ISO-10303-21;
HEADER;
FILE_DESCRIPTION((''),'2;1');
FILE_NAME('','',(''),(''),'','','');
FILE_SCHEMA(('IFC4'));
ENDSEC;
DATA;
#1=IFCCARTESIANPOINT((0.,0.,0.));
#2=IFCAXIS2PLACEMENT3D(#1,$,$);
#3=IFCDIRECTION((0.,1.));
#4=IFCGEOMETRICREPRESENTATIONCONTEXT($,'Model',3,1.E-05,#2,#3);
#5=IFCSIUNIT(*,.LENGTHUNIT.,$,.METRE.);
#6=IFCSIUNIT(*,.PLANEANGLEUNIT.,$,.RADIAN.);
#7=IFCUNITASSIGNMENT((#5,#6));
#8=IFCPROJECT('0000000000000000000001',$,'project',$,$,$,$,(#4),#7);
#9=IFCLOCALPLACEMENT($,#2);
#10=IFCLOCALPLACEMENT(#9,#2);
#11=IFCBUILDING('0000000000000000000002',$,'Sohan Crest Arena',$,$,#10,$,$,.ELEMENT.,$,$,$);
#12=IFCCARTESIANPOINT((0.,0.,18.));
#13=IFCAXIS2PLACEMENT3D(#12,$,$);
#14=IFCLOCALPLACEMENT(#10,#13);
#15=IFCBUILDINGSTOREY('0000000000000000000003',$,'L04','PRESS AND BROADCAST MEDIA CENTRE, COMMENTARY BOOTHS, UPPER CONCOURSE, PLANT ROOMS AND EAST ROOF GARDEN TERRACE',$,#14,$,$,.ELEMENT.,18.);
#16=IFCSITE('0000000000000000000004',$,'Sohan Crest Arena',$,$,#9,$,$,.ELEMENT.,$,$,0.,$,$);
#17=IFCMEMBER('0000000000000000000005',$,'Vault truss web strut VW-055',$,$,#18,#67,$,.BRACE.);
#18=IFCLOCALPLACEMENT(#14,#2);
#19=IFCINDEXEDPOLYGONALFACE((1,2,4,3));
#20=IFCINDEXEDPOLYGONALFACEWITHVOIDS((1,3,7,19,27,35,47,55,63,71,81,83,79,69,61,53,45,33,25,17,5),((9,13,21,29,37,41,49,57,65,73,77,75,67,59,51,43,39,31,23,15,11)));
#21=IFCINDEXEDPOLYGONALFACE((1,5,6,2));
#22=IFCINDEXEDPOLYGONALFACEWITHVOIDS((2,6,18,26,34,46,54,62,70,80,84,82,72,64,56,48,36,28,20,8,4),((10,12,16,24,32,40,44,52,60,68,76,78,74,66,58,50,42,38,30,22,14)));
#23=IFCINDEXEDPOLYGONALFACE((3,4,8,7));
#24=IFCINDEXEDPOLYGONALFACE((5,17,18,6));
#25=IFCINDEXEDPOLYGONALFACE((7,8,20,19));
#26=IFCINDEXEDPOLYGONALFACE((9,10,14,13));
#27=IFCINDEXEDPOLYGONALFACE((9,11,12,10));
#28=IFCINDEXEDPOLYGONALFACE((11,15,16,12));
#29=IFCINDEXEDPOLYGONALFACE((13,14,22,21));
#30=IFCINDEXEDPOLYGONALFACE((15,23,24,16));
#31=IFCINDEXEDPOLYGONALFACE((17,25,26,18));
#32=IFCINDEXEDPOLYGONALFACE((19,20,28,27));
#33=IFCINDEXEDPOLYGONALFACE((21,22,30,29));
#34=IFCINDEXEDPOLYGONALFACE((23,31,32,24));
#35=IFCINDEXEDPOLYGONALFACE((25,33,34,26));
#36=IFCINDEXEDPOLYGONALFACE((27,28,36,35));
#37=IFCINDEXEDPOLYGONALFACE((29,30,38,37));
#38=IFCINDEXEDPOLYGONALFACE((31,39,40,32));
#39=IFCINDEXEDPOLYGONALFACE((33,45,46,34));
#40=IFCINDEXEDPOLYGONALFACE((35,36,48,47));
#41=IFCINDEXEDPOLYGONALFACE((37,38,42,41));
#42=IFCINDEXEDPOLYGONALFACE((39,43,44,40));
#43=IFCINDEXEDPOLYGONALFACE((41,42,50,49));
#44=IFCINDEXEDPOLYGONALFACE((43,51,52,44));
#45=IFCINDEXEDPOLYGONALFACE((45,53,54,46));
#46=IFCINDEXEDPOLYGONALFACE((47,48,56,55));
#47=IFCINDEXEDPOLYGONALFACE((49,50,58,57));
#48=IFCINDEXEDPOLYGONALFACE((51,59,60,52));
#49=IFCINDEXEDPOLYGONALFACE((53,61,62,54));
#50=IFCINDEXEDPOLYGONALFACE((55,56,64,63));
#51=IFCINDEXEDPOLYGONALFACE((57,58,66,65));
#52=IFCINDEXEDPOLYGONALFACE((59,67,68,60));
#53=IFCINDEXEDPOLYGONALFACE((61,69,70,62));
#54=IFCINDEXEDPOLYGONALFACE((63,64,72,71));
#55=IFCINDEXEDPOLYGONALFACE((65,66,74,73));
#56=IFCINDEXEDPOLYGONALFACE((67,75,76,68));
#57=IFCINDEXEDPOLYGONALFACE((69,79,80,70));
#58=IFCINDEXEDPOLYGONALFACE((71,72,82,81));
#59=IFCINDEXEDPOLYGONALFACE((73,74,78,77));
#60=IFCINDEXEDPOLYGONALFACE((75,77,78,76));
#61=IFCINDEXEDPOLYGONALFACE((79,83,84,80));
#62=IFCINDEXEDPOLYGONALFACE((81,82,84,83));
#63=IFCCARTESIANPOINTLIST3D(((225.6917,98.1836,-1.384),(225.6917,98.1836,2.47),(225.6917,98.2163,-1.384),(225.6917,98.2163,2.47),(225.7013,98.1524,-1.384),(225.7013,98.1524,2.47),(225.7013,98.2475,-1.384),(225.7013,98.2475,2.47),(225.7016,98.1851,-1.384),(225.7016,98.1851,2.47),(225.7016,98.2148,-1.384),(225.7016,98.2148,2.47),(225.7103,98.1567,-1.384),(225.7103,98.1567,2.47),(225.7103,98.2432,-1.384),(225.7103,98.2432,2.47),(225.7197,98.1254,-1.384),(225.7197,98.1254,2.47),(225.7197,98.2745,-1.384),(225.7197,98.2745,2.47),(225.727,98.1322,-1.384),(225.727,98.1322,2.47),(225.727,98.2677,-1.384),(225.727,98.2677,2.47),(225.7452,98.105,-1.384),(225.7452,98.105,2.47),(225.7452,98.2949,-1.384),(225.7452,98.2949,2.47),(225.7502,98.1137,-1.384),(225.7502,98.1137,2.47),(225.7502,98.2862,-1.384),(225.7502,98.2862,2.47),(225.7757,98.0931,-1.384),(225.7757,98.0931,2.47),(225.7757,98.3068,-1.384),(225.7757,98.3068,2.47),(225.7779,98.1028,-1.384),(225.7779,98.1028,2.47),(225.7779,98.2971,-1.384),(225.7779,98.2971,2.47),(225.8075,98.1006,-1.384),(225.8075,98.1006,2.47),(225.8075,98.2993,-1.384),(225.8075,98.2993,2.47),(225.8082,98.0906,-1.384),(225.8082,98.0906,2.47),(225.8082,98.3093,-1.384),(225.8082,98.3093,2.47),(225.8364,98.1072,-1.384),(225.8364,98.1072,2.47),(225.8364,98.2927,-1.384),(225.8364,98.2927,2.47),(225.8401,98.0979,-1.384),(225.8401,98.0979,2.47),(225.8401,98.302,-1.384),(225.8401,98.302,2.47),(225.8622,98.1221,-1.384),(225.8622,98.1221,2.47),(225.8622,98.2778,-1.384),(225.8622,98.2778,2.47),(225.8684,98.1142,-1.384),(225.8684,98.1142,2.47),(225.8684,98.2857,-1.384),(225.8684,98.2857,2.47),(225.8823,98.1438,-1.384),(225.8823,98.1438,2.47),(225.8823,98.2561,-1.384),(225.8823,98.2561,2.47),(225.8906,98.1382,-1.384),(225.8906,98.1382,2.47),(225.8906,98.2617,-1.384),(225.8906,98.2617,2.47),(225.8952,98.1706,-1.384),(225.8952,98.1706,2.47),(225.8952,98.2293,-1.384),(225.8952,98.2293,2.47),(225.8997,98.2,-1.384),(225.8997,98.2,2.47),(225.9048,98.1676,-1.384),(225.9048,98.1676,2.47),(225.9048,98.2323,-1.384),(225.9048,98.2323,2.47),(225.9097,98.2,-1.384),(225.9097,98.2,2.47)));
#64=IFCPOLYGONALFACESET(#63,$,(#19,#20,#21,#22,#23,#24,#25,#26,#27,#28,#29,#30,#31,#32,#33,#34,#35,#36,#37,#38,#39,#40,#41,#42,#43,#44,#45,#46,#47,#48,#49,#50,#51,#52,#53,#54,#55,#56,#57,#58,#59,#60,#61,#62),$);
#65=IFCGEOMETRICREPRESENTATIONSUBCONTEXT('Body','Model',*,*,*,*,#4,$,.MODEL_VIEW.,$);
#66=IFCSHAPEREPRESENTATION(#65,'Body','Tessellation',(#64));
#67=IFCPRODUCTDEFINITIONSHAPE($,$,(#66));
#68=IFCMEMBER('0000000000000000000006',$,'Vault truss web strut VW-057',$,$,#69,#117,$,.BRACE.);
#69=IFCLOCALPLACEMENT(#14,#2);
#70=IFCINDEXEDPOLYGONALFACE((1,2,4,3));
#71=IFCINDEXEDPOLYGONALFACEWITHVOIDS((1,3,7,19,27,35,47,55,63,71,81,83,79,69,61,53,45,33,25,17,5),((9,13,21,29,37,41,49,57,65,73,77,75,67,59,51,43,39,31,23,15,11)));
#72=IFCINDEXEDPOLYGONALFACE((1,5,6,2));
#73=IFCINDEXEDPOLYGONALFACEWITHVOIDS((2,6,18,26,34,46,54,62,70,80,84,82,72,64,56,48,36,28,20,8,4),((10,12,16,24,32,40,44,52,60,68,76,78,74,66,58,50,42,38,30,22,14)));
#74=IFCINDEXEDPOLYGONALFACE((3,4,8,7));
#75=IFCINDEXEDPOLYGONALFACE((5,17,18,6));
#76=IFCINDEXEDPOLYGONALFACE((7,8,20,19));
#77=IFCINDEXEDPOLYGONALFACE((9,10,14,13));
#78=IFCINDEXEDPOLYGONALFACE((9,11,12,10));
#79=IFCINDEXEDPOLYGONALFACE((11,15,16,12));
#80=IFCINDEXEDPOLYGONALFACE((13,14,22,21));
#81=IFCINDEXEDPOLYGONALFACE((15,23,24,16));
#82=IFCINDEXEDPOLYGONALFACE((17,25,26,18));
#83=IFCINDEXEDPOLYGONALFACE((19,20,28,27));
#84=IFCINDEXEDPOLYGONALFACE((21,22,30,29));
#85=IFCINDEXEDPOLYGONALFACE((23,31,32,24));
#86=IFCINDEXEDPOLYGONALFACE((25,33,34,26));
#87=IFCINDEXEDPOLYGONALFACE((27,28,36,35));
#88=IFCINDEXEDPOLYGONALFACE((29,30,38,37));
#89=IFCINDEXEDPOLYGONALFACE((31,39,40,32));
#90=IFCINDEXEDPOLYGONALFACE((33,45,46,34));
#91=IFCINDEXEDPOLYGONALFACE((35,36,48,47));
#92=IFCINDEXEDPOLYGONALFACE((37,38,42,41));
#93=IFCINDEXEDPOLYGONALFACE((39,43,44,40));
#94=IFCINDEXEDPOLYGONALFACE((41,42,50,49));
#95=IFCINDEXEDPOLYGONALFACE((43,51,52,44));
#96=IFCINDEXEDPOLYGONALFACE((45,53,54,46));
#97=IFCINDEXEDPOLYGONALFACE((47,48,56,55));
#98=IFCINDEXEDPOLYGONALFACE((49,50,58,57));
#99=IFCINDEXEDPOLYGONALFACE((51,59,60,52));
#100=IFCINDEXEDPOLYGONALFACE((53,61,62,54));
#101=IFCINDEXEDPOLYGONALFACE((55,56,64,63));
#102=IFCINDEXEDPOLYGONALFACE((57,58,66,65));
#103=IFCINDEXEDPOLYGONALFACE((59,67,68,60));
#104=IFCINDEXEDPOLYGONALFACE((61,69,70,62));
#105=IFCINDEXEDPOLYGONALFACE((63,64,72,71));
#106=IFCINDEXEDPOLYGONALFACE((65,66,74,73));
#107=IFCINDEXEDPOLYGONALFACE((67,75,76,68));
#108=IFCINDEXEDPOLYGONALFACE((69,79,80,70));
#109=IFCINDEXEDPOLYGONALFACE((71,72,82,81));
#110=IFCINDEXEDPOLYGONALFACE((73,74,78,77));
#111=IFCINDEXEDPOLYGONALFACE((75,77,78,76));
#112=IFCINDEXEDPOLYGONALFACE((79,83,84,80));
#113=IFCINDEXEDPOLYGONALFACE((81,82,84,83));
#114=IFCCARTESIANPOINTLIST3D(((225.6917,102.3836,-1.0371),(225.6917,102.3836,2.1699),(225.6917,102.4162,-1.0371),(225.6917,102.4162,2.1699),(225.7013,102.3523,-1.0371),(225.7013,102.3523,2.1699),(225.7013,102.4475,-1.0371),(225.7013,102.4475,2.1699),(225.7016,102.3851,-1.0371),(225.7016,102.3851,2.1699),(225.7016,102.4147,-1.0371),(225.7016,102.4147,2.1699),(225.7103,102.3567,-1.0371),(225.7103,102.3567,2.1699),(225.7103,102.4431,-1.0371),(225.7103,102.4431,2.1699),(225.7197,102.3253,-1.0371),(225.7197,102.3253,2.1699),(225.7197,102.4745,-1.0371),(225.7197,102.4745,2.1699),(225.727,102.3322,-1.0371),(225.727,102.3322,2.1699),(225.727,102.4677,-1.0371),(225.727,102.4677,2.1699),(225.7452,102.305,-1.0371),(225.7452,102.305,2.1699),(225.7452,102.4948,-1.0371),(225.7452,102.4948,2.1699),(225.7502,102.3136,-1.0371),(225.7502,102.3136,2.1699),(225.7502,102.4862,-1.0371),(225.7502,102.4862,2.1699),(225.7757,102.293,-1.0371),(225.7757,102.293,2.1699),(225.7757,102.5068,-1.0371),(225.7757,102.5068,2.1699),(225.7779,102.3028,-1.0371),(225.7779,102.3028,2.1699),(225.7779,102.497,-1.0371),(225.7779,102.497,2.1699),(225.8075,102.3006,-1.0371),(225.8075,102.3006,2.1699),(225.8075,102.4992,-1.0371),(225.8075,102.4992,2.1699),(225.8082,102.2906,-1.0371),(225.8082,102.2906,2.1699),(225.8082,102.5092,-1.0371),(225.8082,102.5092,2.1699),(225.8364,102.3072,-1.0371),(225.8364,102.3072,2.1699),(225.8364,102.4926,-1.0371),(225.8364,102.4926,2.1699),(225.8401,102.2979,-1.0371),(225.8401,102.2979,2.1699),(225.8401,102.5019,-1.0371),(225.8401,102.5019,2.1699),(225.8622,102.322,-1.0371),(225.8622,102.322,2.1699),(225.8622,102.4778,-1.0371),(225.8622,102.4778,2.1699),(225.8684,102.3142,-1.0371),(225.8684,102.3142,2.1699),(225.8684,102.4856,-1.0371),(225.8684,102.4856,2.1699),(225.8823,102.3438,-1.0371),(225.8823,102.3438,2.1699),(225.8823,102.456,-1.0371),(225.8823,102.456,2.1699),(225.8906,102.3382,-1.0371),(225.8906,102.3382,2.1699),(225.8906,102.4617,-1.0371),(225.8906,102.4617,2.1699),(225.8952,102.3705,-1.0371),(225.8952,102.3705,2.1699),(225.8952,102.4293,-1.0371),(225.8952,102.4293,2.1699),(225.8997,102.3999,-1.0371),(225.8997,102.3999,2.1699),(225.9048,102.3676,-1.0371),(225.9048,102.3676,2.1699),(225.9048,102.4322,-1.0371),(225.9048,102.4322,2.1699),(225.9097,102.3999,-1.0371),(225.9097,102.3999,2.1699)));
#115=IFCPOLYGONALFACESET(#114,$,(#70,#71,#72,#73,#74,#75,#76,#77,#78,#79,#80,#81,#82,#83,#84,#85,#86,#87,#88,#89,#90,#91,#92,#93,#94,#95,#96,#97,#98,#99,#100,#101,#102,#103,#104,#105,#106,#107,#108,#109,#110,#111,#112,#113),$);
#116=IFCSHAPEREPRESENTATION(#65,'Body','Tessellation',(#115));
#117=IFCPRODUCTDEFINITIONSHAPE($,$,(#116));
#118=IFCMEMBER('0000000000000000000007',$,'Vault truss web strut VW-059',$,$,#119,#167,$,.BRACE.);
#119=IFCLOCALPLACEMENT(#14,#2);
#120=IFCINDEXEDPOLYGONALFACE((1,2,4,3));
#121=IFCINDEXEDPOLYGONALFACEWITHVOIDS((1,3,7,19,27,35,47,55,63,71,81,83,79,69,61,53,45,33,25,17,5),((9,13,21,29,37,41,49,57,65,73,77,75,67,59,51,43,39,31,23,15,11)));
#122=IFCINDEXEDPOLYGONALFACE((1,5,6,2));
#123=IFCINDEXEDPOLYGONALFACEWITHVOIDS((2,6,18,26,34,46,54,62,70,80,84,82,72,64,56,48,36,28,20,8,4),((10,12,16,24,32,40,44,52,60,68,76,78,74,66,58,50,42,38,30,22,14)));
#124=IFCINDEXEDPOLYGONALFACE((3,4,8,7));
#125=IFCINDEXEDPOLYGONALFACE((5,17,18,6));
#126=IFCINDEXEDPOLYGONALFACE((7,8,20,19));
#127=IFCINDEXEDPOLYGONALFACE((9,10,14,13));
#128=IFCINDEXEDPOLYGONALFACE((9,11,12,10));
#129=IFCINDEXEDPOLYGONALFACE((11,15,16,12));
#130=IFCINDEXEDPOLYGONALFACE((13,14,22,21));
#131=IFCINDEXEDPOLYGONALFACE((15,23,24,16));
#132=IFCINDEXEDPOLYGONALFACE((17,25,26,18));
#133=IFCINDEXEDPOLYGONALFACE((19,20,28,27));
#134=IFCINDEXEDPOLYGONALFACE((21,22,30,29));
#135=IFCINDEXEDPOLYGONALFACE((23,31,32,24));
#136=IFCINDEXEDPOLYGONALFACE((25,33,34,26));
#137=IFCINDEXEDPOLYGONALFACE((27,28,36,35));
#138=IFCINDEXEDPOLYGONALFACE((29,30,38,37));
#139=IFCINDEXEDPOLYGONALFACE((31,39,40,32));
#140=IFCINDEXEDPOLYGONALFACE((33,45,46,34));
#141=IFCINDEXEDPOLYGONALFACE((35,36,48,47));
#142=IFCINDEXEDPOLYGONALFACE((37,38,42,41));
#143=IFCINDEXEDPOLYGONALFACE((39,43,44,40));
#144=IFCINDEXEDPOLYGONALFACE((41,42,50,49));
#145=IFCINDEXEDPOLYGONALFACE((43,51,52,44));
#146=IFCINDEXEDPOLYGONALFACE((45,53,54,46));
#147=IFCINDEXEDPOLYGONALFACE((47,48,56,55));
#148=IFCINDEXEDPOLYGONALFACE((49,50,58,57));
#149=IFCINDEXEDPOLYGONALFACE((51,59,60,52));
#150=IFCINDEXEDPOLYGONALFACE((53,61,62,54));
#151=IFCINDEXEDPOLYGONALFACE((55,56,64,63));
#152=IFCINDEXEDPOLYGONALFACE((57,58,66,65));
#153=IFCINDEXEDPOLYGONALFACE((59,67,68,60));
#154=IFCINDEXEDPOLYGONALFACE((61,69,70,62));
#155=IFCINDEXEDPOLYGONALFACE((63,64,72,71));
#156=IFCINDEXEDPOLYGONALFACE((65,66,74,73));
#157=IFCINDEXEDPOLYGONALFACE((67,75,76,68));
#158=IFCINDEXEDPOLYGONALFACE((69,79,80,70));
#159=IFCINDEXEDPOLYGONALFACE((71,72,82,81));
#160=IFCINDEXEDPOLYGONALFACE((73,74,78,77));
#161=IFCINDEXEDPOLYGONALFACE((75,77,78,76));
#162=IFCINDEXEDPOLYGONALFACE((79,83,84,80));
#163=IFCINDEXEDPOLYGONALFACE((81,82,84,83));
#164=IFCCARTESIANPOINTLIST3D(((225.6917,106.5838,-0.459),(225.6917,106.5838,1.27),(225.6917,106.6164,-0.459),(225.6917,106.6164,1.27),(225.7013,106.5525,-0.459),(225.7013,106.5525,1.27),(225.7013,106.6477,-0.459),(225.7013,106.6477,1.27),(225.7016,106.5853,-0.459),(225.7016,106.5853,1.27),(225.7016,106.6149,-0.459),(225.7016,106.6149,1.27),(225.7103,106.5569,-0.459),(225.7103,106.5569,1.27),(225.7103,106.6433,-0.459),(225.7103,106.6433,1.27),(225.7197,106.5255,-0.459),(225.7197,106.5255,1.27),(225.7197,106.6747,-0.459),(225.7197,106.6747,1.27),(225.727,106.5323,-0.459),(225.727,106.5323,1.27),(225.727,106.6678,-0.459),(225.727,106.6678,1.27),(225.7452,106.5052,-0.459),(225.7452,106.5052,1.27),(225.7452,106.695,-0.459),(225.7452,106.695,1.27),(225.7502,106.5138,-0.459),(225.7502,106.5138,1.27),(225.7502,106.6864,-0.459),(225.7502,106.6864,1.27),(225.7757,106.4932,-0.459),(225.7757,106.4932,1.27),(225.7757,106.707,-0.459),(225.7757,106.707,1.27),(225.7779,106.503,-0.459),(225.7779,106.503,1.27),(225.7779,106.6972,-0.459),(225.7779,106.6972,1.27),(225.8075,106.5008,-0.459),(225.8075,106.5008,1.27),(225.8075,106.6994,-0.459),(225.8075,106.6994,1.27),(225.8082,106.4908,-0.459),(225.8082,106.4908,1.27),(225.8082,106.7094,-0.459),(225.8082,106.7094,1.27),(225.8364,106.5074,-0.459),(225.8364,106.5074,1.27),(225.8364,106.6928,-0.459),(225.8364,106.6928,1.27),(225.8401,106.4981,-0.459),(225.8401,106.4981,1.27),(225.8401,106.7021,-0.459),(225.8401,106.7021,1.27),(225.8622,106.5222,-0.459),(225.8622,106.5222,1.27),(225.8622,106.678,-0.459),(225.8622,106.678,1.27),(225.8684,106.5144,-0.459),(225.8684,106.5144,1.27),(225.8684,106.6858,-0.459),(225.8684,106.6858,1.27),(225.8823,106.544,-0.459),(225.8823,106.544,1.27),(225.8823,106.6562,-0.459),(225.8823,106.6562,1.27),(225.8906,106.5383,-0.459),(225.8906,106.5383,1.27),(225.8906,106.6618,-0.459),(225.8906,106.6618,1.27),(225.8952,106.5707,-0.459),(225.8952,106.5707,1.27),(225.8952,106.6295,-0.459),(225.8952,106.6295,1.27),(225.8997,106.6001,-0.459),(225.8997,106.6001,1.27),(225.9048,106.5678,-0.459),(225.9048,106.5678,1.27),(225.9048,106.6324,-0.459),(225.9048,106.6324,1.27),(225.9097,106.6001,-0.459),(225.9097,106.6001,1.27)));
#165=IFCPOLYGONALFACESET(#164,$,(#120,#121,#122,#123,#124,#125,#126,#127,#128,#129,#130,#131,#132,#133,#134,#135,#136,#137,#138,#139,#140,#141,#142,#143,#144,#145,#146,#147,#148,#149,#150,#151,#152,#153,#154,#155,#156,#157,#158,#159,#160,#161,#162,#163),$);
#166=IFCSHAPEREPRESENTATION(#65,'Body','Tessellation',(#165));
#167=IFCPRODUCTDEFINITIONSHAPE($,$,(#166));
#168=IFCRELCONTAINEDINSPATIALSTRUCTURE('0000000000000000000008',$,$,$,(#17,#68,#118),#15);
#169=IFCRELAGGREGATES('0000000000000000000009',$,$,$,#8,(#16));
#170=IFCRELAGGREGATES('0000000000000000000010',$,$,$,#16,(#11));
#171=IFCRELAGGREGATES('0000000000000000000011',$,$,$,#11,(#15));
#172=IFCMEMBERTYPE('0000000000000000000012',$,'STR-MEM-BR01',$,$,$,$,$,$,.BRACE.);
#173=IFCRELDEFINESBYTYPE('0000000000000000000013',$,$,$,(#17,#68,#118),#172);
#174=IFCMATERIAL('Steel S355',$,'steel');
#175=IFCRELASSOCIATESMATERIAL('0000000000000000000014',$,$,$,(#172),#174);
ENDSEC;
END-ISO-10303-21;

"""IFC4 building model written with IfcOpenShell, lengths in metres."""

from ifc_helpers import new_model, si_unit, direction, frame, origin, origin_2d, place, context, subcontext, project, spatial, hollow_circle, extrude, material, material_profile, profile_set, type_object, element, save


model = new_model("IFC4")

# Units and contexts
model_context = context("Model", 3, precision=1e-05, world=origin(), true_north=direction((0.0, 1.0)))
body_context = subcontext(model_context, "Body", "Model", "MODEL_VIEW")
ifc_project = project(units=[si_unit("LENGTHUNIT", "METRE"), si_unit("PLANEANGLEUNIT", "RADIAN")], contexts=[model_context])

# Site, building, storey
site_placement = place(None, origin())
site = spatial("IfcSite", under=ifc_project, at=site_placement, Name="Sohan Crest Arena", CompositionType="ELEMENT", RefElevation=0.0)
building_placement = place(site_placement, origin())
building = spatial("IfcBuilding", under=site, at=building_placement, Name="Sohan Crest Arena", CompositionType="ELEMENT")
storey_placement = place(building_placement, frame((0.0, 0.0, 18.0)))
storey = spatial("IfcBuildingStorey", under=building, at=storey_placement, Name="L04", Description="PRESS AND BROADCAST MEDIA CENTRE, COMMENTARY BOOTHS, UPPER CONCOURSE, PLANT ROOMS AND EAST ROOF GARDEN TERRACE", CompositionType="ELEMENT", Elevation=18.0)

# Shared definitions
ifc_material_1 = material(Name="Steel S355", Category="steel")

# Members
ifc_material_profile_1 = material_profile(ifc_material_1, hollow_circle(Radius=0.1096, WallThickness=0.01, at=origin_2d()), Name="CHS 219.1x10")
ifc_profile_set_1 = profile_set([ifc_material_profile_1], Name="Steel S355")
member_type_1 = type_object("IfcMemberType", Name="STR-MEM-BR01", PredefinedType="BRACE", material=ifc_profile_set_1)
member_1_placement = place(storey_placement, frame((225.8, 98.2, -1.384), z_axis=(0.0, 0.0, 1.0), x_axis=(1.0, 0.0, 0.0)))
element("IfcMember", 1, at=member_1_placement, inside=storey, type_object=member_type_1, Name="Vault truss web strut VW-055", PredefinedType="BRACE", context=body_context, shape_type="SweptSolid", body=[
    extrude(hollow_circle(Radius=0.1096, WallThickness=0.01, at=origin_2d()), origin(), (0.0, 0.0, 1.0), 3.854),
])
member_2_placement = place(storey_placement, frame((225.8, 102.3999, -1.0371), z_axis=(0.0, 0.0, 1.0), x_axis=(1.0, 0.0, 0.0)))
element("IfcMember", 2, at=member_2_placement, inside=storey, type_object=member_type_1, Name="Vault truss web strut VW-057", PredefinedType="BRACE", context=body_context, shape_type="SweptSolid", body=[
    extrude(hollow_circle(Radius=0.1096, WallThickness=0.01, at=origin_2d()), origin(), (0.0, 0.0, 1.0), 3.207),
])
member_3_placement = place(storey_placement, frame((225.8, 106.6001, -0.459), z_axis=(0.0, 0.0, 1.0), x_axis=(1.0, 0.0, 0.0)))
element("IfcMember", 3, at=member_3_placement, inside=storey, type_object=member_type_1, Name="Vault truss web strut VW-059", PredefinedType="BRACE", context=body_context, shape_type="SweptSolid", body=[
    extrude(hollow_circle(Radius=0.1096, WallThickness=0.01, at=origin_2d()), origin(), (0.0, 0.0, 1.0), 1.729),
])

save(model, "model.ifc")
